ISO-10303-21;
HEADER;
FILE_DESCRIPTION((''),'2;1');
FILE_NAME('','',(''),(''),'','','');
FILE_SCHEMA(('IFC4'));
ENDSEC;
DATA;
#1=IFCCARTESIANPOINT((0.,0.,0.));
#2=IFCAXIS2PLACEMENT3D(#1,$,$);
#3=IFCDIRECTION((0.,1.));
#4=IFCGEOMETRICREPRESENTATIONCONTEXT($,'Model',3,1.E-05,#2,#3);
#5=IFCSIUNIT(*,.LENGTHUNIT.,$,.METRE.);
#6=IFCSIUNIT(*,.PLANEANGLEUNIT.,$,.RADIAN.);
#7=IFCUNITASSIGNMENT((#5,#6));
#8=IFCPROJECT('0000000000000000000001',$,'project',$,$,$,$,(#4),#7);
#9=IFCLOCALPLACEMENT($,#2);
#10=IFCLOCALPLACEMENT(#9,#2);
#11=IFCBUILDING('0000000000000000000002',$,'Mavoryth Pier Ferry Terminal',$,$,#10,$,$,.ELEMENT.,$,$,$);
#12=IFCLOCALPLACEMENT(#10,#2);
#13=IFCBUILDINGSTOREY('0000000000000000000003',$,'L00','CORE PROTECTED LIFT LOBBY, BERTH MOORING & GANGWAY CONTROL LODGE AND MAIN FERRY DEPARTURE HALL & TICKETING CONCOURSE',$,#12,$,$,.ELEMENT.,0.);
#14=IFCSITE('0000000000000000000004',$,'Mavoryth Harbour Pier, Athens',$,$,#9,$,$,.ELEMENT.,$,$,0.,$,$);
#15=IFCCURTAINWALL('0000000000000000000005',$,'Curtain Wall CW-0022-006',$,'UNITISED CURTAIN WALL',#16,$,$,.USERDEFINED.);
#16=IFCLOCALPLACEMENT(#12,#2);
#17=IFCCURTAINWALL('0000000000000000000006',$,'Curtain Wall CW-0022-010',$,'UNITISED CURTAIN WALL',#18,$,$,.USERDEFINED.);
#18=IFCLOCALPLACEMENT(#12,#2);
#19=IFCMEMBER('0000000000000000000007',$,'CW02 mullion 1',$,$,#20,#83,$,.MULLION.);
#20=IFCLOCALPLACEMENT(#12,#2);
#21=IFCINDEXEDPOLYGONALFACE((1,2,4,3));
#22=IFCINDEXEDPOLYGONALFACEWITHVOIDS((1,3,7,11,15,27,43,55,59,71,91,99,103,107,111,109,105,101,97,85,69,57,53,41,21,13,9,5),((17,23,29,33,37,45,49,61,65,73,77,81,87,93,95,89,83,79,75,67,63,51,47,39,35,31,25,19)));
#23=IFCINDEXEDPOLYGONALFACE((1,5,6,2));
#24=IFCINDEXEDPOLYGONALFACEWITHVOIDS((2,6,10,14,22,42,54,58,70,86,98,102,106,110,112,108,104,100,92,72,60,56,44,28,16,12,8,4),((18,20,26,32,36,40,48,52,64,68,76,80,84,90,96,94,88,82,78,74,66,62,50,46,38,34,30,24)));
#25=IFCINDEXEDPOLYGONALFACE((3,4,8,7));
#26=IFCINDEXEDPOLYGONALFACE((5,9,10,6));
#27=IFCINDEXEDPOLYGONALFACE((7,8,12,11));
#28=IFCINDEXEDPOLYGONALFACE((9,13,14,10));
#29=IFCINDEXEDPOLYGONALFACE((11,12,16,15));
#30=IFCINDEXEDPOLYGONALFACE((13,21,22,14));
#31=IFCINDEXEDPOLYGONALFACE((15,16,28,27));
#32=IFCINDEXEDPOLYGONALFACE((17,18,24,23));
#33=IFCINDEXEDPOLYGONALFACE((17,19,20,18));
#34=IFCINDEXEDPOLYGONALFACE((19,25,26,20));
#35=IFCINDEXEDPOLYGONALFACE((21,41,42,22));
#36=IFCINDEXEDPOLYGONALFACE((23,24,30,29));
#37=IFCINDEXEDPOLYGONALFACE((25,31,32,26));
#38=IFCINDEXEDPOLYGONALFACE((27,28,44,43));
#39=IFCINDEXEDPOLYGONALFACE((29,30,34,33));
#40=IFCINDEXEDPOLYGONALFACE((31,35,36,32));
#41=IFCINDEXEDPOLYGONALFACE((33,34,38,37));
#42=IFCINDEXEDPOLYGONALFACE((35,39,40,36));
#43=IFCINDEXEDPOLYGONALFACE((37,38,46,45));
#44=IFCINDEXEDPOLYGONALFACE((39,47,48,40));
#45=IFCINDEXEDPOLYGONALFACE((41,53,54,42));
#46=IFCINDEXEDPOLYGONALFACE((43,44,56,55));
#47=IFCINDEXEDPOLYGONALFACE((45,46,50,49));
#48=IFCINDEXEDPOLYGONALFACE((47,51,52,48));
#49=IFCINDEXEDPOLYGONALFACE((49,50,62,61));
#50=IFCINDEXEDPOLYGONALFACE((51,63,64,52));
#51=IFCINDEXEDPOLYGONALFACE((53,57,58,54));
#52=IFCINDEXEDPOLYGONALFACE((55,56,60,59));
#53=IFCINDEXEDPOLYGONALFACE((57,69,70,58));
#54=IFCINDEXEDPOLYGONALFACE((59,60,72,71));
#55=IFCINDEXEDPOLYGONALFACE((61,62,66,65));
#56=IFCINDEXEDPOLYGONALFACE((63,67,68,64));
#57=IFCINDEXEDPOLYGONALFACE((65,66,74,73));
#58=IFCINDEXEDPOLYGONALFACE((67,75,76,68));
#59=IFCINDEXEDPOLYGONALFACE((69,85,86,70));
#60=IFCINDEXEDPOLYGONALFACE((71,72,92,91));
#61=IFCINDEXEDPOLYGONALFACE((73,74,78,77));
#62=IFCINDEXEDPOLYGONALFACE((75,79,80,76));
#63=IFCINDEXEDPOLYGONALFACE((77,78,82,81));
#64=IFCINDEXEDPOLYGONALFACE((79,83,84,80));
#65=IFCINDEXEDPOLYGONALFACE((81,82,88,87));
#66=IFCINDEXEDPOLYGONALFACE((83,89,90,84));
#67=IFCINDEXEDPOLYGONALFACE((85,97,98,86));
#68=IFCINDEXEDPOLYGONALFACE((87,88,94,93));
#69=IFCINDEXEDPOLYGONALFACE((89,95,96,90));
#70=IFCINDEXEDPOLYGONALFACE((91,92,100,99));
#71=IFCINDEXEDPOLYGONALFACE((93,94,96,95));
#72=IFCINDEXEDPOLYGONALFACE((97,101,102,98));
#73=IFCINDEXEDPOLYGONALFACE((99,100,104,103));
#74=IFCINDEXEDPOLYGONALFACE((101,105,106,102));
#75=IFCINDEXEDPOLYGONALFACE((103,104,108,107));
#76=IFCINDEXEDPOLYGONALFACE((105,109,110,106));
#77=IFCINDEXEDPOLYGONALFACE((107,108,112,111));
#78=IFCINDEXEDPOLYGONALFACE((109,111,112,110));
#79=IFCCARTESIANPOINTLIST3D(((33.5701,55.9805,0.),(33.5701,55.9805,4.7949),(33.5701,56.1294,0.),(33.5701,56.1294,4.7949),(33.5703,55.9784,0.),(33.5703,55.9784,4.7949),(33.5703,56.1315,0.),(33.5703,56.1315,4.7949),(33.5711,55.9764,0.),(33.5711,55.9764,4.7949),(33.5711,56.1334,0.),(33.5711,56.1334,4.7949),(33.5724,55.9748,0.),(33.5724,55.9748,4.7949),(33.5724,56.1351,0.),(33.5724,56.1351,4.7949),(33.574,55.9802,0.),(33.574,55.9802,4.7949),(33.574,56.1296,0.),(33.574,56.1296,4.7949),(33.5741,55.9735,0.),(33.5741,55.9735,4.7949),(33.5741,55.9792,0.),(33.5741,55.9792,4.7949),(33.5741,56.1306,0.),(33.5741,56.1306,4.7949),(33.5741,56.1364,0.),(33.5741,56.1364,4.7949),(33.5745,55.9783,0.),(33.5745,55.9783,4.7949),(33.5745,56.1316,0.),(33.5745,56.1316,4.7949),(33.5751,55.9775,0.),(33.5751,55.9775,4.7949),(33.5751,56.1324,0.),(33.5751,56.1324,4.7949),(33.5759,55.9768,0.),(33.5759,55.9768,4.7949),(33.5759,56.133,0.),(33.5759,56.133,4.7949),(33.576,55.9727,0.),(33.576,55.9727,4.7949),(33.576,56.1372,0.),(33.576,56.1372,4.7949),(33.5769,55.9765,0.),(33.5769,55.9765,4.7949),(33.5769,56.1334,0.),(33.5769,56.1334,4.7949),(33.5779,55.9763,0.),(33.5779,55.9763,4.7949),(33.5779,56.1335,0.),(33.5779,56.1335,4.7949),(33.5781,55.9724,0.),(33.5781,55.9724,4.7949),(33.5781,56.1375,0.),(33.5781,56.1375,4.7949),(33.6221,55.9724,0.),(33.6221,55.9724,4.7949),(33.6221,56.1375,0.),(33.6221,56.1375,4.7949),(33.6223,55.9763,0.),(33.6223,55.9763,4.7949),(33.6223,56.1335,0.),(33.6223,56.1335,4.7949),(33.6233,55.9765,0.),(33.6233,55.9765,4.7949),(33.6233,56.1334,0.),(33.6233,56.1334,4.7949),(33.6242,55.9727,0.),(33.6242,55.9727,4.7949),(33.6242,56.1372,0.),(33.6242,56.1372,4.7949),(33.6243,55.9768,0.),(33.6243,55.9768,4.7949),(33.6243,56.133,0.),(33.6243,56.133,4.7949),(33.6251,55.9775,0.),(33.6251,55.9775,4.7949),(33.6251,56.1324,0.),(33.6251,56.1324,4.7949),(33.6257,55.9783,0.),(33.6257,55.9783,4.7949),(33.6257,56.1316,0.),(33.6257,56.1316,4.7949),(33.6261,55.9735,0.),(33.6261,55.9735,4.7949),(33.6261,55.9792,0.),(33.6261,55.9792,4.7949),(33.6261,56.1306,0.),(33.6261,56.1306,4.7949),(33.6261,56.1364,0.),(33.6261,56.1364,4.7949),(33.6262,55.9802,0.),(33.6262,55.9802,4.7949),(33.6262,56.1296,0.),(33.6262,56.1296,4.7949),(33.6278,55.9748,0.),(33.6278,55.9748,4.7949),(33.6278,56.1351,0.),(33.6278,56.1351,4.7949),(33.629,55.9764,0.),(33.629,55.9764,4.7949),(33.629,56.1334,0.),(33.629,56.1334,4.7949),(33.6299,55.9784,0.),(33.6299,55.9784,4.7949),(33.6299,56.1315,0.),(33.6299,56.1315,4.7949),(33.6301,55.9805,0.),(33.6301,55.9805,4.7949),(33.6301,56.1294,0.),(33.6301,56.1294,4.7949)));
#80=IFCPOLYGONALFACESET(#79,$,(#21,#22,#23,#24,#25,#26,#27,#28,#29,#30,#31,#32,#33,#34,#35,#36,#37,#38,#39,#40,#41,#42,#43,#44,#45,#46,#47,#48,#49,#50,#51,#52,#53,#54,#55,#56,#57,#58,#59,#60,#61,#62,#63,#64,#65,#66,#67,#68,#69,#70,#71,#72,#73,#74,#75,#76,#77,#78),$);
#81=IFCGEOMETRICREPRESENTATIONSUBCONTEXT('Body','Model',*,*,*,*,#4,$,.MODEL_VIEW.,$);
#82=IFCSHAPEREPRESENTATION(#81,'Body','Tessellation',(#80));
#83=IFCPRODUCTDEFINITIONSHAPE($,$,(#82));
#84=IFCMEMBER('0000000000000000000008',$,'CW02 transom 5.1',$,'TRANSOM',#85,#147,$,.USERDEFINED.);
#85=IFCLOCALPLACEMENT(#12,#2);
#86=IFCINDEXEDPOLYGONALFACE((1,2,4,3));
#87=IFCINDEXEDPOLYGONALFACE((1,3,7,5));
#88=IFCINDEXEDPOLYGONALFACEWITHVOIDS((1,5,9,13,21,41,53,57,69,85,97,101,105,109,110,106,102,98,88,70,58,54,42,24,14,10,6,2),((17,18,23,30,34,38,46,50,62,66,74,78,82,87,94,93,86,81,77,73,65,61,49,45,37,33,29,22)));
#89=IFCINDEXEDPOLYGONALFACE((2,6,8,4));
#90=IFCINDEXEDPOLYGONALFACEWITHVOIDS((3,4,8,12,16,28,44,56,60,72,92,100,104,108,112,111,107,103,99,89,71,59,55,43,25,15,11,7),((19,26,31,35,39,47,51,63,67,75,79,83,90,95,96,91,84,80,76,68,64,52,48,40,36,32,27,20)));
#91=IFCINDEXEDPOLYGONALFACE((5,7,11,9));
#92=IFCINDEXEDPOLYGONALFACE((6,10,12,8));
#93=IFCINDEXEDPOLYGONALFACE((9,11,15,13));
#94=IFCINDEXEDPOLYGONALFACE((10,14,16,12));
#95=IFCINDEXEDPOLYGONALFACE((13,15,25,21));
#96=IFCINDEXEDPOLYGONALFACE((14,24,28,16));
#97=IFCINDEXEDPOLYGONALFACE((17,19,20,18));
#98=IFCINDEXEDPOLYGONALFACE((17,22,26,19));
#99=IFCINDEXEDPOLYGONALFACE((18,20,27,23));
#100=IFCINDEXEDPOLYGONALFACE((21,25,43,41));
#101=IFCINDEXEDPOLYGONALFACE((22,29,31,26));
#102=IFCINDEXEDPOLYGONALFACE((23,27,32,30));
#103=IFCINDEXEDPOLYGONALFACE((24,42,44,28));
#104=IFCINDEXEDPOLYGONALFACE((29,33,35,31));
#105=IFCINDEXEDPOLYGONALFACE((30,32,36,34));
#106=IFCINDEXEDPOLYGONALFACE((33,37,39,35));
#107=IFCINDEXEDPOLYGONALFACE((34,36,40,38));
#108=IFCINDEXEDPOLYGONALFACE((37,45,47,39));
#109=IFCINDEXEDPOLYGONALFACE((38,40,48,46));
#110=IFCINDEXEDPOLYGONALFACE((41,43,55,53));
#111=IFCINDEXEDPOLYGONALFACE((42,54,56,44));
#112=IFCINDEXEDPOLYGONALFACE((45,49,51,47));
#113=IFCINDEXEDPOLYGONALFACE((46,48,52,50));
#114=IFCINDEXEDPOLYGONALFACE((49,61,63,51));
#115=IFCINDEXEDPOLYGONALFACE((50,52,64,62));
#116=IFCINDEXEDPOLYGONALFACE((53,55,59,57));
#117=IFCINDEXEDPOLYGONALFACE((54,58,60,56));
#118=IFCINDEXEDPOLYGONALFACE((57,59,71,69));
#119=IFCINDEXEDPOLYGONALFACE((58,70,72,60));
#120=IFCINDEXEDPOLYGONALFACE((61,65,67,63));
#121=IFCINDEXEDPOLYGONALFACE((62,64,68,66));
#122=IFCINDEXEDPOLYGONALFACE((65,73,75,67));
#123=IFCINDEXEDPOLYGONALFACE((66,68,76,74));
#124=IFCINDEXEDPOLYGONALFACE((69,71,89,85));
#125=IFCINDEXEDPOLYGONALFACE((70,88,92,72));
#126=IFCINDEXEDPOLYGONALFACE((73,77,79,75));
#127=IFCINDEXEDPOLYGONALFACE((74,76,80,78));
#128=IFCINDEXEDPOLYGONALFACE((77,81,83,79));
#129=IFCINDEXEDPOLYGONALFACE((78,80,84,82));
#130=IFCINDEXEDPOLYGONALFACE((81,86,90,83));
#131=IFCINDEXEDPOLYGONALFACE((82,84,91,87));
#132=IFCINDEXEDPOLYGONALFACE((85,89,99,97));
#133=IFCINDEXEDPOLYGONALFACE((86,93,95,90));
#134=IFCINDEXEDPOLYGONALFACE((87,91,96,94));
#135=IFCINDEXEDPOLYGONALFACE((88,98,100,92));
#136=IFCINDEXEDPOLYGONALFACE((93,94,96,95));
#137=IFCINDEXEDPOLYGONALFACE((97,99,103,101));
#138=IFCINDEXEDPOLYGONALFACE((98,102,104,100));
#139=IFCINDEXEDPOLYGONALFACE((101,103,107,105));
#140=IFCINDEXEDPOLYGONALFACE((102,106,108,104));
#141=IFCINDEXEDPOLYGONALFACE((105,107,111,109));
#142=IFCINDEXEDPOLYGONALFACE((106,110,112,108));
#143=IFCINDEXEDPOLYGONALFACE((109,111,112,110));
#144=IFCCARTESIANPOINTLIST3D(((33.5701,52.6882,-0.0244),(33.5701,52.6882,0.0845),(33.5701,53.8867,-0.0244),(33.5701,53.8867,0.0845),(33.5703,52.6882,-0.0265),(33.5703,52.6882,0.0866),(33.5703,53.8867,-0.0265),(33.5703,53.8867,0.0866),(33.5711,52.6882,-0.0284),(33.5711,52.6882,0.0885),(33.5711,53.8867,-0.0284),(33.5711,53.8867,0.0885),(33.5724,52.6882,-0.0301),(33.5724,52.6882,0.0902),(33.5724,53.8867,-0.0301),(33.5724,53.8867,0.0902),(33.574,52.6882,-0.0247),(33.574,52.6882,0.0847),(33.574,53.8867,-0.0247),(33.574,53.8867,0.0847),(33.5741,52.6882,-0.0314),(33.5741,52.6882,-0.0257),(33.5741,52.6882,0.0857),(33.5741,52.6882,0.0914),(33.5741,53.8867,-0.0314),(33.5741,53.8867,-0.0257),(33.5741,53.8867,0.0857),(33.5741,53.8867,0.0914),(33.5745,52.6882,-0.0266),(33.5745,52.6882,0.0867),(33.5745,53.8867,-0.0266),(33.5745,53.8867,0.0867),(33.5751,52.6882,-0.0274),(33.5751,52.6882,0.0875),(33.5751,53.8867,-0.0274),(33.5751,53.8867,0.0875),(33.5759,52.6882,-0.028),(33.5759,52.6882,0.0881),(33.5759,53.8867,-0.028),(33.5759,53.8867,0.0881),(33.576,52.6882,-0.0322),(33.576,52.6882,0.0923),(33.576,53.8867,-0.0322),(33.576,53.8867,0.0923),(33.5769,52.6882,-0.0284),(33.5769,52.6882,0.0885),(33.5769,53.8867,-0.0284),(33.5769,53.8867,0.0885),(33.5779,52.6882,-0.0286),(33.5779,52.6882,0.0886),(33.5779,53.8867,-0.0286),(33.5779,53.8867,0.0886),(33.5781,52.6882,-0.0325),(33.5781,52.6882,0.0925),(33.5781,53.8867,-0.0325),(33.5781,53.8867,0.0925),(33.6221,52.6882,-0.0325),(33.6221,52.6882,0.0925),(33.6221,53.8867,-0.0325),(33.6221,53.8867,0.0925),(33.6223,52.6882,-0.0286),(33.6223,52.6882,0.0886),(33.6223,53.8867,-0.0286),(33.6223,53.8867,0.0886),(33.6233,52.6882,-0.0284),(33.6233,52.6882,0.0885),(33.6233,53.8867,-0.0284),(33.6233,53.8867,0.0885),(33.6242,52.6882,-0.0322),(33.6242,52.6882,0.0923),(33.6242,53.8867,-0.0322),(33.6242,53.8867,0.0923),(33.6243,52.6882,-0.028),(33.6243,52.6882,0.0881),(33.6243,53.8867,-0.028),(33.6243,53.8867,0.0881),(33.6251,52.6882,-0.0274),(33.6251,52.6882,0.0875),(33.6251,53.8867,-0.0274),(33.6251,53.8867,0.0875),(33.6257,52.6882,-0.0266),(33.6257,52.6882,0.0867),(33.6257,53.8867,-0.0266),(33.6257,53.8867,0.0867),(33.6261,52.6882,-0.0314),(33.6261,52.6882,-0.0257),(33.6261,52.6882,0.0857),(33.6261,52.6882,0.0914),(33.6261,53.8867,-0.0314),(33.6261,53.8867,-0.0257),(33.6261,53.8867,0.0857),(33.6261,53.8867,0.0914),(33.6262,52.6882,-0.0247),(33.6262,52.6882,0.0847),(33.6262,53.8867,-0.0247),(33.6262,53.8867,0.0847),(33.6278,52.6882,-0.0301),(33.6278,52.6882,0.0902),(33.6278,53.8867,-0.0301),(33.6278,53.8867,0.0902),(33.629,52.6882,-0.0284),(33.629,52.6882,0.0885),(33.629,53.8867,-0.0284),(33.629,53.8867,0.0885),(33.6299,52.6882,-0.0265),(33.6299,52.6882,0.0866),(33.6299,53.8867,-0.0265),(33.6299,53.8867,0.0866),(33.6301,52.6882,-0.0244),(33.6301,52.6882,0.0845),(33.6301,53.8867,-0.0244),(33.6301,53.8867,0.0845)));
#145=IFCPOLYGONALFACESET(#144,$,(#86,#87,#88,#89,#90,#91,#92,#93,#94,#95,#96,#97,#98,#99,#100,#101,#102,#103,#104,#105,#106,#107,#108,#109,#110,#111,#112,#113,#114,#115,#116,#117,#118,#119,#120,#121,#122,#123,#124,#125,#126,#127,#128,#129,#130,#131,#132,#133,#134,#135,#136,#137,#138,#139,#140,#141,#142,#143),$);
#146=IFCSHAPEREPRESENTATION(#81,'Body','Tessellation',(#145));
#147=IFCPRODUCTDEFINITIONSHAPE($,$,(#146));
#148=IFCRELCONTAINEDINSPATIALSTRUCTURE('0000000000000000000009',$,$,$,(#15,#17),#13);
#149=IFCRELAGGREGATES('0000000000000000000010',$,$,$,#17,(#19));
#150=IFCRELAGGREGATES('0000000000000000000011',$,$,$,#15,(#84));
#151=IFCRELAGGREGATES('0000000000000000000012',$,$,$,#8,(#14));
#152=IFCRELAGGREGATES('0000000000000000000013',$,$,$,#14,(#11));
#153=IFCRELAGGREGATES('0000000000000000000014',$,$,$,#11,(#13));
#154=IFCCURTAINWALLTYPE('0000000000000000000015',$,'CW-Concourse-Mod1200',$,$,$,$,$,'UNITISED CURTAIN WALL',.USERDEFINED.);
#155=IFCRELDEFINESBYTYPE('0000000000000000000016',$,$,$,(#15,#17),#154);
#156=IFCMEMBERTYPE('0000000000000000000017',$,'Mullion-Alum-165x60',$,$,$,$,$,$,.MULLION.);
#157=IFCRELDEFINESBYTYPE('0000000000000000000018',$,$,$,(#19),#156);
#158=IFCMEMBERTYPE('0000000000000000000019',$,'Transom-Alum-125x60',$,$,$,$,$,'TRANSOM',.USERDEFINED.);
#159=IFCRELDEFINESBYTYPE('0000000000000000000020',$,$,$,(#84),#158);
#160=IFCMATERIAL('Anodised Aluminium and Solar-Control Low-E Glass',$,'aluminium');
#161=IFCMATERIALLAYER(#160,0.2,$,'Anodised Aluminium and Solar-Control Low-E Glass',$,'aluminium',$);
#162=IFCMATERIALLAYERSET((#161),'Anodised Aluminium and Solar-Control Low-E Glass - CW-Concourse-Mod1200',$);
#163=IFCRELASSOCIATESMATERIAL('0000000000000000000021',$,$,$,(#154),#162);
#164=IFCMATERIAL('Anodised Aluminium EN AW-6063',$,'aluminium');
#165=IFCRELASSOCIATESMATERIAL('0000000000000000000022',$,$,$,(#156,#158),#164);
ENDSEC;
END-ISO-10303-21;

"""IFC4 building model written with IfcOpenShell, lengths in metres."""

from ifc_helpers import new_model, si_unit, direction, frame, origin, origin_2d, place, context, subcontext, project, spatial, hollow_rectangle, extrude, material, layer, layer_set, material_profile, profile_set, type_object, element, aggregate, save


model = new_model("IFC4")

# Units and contexts
model_context = context("Model", 3, precision=1e-05, world=origin(), true_north=direction((0.0, 1.0)))
body_context = subcontext(model_context, "Body", "Model", "MODEL_VIEW")
ifc_project = project(units=[si_unit("LENGTHUNIT", "METRE"), si_unit("PLANEANGLEUNIT", "RADIAN")], contexts=[model_context])

# Site, building, storey
site_placement = place(None, origin())
site = spatial("IfcSite", under=ifc_project, at=site_placement, Name="Mavoryth Harbour Pier, Athens", CompositionType="ELEMENT", RefElevation=0.0)
building_placement = place(site_placement, origin())
building = spatial("IfcBuilding", under=site, at=building_placement, Name="Mavoryth Pier Ferry Terminal", CompositionType="ELEMENT")
storey_placement = place(building_placement, origin())
storey = spatial("IfcBuildingStorey", under=building, at=storey_placement, Name="L00", Description="CORE PROTECTED LIFT LOBBY, BERTH MOORING & GANGWAY CONTROL LODGE AND MAIN FERRY DEPARTURE HALL & TICKETING CONCOURSE", CompositionType="ELEMENT", Elevation=0.0)

# Curtain wall
ifc_material_1 = material(Name="Anodised Aluminium and Solar-Control Low-E Glass", Category="aluminium")
ifc_layer_1 = layer(ifc_material_1, 0.2, Name="Anodised Aluminium and Solar-Control Low-E Glass", Category="aluminium")
ifc_layer_set_1 = layer_set([ifc_layer_1], Name="Anodised Aluminium and Solar-Control Low-E Glass - CW-Concourse-Mod1200")
curtain_wall_type = type_object("IfcCurtainWallType", Name="CW-Concourse-Mod1200", ElementType="UNITISED CURTAIN WALL", PredefinedType="USERDEFINED", material=ifc_layer_set_1)
curtain_wall_1_placement = place(storey_placement, origin())
curtain_wall_1 = element("IfcCurtainWall", 1, at=curtain_wall_1_placement, inside=storey, type_object=curtain_wall_type, Name="Curtain Wall CW-0022-006", ObjectType="UNITISED CURTAIN WALL", PredefinedType="USERDEFINED")
ifc_material_2 = material(Name="Anodised Aluminium EN AW-6063", Category="aluminium")
ifc_material_profile_1 = material_profile(ifc_material_2, hollow_rectangle(XDim=0.0601, YDim=0.165, WallThickness=0.0039, InnerFilletRadius=0.0039, OuterFilletRadius=0.0081, at=origin_2d()), Name="AL-MULL 165x60x4", Category="aluminium")
ifc_profile_set_1 = profile_set([ifc_material_profile_1], Name="Anodised Aluminium EN AW-6063 - AL-MULL 165x60x4")
member_type_1 = type_object("IfcMemberType", Name="Mullion-Alum-165x60", PredefinedType="MULLION", material=ifc_profile_set_1)

# Curtain wall, member
curtain_wall_2_placement = place(storey_placement, origin())
curtain_wall_2 = element("IfcCurtainWall", 2, at=curtain_wall_2_placement, inside=storey, type_object=curtain_wall_type, Name="Curtain Wall CW-0022-010", ObjectType="UNITISED CURTAIN WALL", PredefinedType="USERDEFINED")
member_1_placement = place(storey_placement, frame((33.6001, 56.0549, 0.0), z_axis=(0.0, 0.0, 1.0), x_axis=(-1.0, 0.0, 0.0)))
member_1 = element("IfcMember", 3, at=member_1_placement, type_object=member_type_1, Name="CW02 mullion 1", PredefinedType="MULLION", context=body_context, shape_type="SweptSolid", body=[
    extrude(hollow_rectangle(XDim=0.0601, YDim=0.165, WallThickness=0.0039, InnerFilletRadius=0.0039, OuterFilletRadius=0.0081, at=origin_2d()), origin(), (0.0, 0.0, 1.0), 4.7949),
])

# Member
ifc_material_profile_2 = material_profile(ifc_material_2, hollow_rectangle(XDim=0.0601, YDim=0.125, WallThickness=0.0039, InnerFilletRadius=0.0039, OuterFilletRadius=0.0081, at=origin_2d()), Name="AL-TRAN 125x60x4", Category="aluminium")
ifc_profile_set_2 = profile_set([ifc_material_profile_2], Name="Anodised Aluminium EN AW-6063 - AL-TRAN 125x60x4")
member_type_2 = type_object("IfcMemberType", Name="Transom-Alum-125x60", ElementType="TRANSOM", PredefinedType="USERDEFINED", material=ifc_profile_set_2)
member_2_placement = place(storey_placement, frame((33.6001, 52.6882, 0.03), z_axis=(0.0, 1.0, 0.0), x_axis=(-1.0, 0.0, 0.0)))
member_2 = element("IfcMember", 4, at=member_2_placement, type_object=member_type_2, Name="CW02 transom 5.1", ObjectType="TRANSOM", PredefinedType="USERDEFINED", context=body_context, shape_type="SweptSolid", body=[
    extrude(hollow_rectangle(XDim=0.0601, YDim=0.125, WallThickness=0.0039, InnerFilletRadius=0.0039, OuterFilletRadius=0.0081, at=origin_2d()), origin(), (0.0, 0.0, 1.0), 1.1985),
])
aggregate(curtain_wall_2, [member_1])

aggregate(curtain_wall_1, [member_2])

save(model, "model.ifc")
